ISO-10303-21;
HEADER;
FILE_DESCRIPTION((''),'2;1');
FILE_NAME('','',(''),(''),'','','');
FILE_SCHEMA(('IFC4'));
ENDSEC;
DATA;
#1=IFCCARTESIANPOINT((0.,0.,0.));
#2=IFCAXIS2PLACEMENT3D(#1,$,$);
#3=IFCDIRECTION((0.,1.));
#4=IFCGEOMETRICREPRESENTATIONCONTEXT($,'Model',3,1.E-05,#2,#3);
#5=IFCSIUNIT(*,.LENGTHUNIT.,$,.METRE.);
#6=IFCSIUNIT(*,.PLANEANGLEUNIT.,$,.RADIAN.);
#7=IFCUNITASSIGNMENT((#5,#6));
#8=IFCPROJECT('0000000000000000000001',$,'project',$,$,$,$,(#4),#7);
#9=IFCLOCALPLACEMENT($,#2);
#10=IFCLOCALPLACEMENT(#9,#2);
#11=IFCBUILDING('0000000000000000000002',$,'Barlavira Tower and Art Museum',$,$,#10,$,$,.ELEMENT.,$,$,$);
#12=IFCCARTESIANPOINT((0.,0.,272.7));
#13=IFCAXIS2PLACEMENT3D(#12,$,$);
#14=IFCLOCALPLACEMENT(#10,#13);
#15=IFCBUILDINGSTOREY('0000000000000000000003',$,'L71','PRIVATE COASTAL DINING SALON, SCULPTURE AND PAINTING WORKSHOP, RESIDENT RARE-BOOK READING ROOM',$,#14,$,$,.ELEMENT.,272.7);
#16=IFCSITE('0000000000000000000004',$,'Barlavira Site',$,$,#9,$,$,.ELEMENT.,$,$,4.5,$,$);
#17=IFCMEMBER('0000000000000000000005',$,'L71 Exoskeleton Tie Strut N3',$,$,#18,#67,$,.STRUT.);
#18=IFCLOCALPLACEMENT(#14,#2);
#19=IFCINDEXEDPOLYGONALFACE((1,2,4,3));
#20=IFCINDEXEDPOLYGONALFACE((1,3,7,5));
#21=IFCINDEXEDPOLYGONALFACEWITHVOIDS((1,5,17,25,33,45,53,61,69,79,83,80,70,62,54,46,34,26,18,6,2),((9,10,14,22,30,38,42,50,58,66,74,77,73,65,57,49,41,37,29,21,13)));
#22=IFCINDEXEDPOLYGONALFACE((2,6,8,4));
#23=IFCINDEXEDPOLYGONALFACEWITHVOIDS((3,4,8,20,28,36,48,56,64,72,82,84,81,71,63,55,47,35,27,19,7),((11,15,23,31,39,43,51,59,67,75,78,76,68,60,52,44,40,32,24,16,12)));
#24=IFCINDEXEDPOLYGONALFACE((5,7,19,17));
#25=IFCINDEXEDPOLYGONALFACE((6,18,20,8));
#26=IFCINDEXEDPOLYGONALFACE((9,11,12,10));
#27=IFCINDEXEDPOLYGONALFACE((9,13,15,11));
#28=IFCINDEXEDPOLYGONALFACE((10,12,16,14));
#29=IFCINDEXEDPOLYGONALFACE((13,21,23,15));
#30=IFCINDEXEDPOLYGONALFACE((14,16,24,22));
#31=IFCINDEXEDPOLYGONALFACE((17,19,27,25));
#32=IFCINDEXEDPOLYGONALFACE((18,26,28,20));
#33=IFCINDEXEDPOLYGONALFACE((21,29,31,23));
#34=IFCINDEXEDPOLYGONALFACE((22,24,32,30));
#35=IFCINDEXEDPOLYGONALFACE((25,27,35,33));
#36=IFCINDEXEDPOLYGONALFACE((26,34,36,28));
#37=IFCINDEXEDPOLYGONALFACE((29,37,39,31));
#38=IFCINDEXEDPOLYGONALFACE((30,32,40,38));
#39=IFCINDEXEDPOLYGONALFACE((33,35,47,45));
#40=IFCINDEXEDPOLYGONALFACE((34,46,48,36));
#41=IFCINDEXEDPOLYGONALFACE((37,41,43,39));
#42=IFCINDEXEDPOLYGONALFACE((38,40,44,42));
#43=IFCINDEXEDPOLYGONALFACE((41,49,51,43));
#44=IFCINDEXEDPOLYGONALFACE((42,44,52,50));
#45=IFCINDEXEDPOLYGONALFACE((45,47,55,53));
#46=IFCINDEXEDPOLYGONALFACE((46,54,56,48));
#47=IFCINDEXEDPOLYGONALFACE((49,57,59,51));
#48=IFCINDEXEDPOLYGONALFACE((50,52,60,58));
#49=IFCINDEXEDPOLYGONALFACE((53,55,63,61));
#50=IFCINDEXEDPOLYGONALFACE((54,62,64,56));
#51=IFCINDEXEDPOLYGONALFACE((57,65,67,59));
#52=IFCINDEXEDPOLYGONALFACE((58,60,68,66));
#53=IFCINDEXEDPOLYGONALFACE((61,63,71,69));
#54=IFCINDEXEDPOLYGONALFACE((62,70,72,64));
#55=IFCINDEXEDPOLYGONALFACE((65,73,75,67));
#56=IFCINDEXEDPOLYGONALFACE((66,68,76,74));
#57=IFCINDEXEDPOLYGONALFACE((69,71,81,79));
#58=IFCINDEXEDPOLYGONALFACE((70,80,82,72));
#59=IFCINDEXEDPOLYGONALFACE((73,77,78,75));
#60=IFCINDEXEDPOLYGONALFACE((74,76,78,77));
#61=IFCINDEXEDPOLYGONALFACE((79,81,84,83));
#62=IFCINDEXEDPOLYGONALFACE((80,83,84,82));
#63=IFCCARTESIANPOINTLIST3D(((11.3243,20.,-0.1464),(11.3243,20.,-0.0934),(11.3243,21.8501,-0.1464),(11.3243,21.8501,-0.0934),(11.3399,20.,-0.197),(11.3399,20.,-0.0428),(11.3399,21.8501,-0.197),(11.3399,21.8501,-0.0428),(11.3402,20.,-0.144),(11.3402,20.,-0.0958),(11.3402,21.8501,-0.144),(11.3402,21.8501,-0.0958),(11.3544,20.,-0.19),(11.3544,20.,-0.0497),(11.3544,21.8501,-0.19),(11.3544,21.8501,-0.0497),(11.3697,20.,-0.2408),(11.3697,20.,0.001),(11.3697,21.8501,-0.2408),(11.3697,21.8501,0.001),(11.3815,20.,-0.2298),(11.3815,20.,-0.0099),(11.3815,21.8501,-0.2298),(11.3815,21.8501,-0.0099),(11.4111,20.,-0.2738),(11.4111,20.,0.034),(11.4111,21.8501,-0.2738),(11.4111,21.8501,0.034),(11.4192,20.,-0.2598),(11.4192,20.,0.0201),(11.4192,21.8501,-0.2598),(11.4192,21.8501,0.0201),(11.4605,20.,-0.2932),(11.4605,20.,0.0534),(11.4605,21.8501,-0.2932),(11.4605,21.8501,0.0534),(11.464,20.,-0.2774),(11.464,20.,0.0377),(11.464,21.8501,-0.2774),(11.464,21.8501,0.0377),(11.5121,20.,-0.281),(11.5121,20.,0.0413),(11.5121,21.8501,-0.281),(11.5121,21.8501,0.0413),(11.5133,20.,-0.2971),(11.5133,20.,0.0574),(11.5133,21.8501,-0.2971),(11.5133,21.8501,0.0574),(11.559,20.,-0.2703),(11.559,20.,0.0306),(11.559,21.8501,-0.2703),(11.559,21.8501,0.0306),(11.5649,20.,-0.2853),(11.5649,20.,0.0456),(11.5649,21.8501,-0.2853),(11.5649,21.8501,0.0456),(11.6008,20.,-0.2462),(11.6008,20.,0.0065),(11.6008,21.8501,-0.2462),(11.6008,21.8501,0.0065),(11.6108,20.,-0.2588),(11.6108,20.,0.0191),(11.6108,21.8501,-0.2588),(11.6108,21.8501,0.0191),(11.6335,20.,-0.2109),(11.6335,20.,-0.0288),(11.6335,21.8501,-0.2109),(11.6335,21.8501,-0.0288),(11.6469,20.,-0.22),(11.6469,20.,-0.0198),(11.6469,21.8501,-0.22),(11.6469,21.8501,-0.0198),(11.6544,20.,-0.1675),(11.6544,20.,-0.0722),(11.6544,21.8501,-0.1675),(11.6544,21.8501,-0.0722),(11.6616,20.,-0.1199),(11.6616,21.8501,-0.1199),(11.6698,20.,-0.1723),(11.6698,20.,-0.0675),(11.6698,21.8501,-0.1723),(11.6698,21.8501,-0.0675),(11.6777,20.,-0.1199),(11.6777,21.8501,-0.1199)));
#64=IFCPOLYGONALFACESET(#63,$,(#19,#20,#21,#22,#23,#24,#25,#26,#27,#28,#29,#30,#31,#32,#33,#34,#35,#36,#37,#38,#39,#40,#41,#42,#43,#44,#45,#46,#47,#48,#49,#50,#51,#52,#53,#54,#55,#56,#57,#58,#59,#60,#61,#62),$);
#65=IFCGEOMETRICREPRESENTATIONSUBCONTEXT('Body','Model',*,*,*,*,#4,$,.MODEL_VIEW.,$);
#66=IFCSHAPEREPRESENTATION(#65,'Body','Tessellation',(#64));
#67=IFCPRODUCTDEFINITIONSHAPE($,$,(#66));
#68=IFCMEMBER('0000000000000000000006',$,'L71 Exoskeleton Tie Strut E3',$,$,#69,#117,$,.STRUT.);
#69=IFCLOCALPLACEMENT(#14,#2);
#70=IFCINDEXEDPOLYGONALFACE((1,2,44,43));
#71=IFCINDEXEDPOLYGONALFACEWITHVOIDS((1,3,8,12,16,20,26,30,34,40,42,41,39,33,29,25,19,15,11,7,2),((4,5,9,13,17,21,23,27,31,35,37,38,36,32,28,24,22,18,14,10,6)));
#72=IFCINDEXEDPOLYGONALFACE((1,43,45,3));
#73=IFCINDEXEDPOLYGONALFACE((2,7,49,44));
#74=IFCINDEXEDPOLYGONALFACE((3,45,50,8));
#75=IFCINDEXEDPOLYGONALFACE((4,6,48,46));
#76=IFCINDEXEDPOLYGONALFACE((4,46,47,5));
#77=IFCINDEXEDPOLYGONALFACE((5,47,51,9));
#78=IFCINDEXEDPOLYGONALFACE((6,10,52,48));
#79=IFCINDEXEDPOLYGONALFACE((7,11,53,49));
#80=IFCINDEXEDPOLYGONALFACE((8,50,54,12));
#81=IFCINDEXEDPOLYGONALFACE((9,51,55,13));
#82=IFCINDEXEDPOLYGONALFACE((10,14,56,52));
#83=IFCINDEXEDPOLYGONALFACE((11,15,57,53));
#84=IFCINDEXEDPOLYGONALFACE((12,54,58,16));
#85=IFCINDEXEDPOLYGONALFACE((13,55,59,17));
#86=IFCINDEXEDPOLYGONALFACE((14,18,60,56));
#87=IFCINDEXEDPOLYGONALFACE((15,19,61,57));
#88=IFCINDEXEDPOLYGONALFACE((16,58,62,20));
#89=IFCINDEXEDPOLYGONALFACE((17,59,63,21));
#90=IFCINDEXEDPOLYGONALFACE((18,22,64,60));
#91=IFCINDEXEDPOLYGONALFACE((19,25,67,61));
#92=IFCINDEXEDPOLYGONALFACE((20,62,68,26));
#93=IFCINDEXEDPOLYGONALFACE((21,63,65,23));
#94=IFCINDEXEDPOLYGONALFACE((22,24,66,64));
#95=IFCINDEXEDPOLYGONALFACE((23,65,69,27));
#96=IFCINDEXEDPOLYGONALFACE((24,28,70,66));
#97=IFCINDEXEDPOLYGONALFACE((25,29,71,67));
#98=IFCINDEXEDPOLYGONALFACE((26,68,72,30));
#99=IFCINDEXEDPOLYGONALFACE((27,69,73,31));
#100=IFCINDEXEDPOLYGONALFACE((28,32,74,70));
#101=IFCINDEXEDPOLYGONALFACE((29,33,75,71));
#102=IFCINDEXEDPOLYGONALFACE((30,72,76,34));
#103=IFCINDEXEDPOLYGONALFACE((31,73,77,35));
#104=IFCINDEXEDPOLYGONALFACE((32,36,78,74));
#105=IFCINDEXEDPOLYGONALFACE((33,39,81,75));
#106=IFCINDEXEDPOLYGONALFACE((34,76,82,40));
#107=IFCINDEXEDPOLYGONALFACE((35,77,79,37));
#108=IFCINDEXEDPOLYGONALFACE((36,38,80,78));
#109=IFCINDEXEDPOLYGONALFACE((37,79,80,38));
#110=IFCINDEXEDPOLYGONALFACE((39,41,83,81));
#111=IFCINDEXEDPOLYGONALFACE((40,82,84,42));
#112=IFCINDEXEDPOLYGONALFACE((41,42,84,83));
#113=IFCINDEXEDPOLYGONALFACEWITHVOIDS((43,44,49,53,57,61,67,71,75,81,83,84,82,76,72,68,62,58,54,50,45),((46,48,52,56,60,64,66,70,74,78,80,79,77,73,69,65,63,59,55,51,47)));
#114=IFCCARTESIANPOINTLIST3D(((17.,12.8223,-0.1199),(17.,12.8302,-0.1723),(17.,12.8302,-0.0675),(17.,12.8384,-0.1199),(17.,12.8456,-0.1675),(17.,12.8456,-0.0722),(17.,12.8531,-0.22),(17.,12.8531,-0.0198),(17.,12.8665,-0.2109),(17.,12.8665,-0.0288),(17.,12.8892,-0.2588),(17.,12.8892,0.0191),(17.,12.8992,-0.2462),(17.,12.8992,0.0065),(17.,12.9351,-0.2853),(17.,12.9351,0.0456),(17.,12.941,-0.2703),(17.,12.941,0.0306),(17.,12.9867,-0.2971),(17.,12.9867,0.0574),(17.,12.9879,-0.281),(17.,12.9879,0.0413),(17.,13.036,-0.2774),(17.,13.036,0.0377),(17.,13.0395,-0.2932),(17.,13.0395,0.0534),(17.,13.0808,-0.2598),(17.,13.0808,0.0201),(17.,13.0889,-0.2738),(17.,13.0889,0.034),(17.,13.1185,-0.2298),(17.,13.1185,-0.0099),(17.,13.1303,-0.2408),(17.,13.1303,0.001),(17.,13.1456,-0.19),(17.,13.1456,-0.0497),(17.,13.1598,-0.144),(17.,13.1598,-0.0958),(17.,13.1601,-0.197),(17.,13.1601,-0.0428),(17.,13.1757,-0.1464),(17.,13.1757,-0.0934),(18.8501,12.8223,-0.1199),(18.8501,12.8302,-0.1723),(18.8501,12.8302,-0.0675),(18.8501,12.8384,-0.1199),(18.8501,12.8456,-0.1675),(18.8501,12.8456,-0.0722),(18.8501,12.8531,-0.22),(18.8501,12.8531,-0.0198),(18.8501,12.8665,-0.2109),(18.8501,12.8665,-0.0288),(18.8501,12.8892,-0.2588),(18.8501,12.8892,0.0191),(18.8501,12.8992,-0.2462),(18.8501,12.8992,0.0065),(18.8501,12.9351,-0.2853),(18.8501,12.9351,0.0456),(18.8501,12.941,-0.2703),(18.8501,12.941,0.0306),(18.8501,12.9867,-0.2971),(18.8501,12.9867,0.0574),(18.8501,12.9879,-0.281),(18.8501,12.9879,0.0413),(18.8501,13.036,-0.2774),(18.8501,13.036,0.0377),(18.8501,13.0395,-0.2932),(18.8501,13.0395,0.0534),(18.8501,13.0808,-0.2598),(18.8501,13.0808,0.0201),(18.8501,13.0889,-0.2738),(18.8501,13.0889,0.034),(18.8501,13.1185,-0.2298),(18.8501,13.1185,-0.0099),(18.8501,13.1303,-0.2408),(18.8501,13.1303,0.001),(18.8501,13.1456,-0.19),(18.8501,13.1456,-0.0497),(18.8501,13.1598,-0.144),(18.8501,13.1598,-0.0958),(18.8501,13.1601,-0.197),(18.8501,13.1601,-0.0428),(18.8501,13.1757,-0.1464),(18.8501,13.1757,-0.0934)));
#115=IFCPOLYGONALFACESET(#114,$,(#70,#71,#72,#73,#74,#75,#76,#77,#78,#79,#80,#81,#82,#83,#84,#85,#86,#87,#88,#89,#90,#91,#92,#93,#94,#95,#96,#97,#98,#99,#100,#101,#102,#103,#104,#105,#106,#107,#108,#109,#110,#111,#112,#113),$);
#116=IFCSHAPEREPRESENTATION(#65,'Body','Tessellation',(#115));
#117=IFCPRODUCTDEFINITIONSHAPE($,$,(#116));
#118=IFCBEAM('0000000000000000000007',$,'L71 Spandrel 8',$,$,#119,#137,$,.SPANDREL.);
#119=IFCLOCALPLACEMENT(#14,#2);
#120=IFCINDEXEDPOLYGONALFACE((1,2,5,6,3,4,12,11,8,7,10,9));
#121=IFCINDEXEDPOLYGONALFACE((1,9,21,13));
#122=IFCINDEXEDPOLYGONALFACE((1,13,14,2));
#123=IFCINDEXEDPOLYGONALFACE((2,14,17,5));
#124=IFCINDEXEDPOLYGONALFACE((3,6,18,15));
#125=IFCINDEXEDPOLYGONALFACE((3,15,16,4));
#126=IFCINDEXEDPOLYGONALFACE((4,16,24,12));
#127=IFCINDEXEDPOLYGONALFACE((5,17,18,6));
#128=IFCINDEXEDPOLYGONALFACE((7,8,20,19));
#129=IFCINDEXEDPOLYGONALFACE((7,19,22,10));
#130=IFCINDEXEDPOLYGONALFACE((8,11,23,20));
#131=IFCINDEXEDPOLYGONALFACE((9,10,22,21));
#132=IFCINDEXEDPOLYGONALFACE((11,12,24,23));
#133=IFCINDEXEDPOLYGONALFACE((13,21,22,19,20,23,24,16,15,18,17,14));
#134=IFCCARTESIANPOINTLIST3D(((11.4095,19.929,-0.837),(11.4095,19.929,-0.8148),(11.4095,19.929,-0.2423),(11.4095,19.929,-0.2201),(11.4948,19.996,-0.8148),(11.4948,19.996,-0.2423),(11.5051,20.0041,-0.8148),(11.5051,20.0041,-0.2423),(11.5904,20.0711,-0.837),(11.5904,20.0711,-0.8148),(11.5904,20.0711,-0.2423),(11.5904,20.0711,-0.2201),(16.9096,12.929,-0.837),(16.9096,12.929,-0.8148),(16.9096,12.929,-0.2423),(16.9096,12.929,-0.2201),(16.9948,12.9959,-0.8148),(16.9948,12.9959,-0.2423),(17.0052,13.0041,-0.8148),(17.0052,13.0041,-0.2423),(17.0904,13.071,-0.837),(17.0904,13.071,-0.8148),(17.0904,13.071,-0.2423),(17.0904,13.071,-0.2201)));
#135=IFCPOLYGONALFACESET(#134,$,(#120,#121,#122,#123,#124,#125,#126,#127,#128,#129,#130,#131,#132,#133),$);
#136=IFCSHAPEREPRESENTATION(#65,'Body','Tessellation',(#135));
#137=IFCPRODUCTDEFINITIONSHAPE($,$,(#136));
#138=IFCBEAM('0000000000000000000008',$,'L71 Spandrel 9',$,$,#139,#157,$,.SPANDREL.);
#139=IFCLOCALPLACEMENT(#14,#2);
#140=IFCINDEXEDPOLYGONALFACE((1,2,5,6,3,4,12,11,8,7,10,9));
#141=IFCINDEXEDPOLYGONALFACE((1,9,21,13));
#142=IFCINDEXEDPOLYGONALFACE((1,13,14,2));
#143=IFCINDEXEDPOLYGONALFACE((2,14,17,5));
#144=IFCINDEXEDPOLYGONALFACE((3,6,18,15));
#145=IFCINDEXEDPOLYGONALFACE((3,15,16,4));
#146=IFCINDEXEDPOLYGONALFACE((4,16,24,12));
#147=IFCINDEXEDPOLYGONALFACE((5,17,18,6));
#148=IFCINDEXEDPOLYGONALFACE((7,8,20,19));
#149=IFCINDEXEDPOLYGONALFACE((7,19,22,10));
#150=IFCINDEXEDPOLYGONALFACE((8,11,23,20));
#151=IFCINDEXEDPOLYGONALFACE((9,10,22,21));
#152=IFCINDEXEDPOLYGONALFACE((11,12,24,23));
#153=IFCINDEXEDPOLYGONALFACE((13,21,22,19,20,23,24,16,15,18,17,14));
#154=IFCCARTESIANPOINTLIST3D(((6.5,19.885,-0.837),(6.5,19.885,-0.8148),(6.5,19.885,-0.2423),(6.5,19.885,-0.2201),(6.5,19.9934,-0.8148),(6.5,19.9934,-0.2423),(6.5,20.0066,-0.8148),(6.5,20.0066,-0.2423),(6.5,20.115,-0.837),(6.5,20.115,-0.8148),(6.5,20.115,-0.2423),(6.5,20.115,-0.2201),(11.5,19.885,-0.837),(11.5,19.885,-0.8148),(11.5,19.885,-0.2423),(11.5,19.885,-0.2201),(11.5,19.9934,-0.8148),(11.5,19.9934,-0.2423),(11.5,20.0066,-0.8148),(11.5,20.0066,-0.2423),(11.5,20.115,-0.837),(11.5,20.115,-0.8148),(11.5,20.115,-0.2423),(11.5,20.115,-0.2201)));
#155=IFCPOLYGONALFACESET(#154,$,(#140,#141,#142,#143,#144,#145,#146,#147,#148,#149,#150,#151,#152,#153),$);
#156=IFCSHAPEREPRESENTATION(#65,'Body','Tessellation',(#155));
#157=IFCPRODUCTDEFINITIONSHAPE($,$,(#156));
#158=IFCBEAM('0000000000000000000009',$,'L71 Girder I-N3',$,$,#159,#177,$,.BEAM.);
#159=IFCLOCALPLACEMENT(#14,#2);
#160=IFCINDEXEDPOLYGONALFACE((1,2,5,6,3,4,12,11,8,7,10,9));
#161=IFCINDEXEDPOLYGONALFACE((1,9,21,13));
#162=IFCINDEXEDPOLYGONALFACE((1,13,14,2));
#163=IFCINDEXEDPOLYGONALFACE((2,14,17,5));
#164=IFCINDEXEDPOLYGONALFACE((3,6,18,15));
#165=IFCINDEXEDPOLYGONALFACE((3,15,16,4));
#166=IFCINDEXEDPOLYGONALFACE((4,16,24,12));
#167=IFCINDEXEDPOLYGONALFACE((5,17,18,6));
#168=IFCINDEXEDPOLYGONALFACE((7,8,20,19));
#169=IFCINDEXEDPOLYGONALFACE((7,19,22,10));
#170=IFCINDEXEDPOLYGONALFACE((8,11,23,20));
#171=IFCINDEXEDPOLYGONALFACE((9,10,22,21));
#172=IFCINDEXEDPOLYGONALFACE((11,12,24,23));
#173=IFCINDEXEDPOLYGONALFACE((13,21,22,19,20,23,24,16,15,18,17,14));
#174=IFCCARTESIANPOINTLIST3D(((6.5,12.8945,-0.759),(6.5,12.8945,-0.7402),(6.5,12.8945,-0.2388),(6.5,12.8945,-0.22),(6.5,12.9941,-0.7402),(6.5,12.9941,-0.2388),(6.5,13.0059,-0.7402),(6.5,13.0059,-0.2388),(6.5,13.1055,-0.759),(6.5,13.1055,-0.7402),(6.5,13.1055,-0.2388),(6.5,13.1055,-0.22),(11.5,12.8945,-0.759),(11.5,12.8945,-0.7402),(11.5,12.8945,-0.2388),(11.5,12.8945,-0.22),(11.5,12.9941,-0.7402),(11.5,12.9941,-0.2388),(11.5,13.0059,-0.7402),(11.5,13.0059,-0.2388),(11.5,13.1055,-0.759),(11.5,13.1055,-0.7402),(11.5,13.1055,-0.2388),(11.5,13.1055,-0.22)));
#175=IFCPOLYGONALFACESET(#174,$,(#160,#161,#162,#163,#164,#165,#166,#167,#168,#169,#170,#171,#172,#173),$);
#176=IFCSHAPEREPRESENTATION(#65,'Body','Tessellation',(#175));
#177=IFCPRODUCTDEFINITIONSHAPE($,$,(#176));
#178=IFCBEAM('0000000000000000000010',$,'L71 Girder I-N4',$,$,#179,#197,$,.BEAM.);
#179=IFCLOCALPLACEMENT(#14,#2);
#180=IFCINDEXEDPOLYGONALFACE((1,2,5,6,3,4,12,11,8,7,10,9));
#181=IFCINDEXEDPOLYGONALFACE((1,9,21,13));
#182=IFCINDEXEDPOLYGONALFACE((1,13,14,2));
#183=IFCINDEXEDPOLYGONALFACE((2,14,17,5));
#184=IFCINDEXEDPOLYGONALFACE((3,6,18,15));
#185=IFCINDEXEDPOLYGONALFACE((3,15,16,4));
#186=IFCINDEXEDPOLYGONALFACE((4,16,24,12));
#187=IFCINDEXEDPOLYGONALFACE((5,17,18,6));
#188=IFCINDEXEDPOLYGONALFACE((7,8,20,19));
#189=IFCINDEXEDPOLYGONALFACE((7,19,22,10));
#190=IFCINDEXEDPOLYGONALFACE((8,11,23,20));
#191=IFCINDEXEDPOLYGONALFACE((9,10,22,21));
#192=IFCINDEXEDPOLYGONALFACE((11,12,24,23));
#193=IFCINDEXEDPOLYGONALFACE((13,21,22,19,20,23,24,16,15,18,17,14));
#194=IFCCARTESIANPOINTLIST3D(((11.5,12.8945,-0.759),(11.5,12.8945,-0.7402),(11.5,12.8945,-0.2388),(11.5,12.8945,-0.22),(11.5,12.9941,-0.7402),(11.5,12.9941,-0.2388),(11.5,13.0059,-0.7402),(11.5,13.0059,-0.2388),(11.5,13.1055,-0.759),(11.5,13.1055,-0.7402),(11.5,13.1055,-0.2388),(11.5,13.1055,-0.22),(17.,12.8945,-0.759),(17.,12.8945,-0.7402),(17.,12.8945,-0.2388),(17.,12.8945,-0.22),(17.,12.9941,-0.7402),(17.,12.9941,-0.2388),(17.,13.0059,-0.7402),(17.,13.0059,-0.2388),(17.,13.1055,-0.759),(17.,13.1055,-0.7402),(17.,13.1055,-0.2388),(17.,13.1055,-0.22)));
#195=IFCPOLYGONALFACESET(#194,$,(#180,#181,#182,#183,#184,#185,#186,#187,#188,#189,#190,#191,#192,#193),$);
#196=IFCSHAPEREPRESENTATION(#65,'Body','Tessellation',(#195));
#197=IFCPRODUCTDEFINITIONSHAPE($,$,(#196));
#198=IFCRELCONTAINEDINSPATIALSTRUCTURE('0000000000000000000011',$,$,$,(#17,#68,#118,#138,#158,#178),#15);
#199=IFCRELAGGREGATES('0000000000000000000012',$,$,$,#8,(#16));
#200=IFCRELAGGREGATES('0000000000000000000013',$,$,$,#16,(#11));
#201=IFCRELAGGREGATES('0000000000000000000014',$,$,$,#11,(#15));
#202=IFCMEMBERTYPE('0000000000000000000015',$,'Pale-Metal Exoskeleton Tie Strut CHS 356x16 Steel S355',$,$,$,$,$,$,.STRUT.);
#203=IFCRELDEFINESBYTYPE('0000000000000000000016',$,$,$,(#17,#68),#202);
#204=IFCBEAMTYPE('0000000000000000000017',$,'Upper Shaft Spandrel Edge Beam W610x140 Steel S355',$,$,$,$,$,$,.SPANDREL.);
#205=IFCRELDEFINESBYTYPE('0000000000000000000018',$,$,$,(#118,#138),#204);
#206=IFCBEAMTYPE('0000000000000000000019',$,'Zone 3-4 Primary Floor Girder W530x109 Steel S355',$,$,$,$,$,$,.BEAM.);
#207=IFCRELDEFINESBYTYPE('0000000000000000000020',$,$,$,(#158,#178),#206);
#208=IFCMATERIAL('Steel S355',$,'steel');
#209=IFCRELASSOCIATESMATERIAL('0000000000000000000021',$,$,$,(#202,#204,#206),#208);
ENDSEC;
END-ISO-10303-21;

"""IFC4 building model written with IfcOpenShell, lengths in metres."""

from ifc_helpers import new_model, si_unit, direction, frame, origin, origin_2d, place, context, subcontext, project, spatial, hollow_circle, i_section, extrude, material, material_profile, profile_set, type_object, element, save


model = new_model("IFC4")

# Units and contexts
model_context = context("Model", 3, precision=1e-05, world=origin(), true_north=direction((0.0, 1.0)))
body_context = subcontext(model_context, "Body", "Model", "MODEL_VIEW")
ifc_project = project(units=[si_unit("LENGTHUNIT", "METRE"), si_unit("PLANEANGLEUNIT", "RADIAN")], contexts=[model_context])

# Site, building, storey
site_placement = place(None, origin())
site = spatial("IfcSite", under=ifc_project, at=site_placement, Name="Barlavira Site", CompositionType="ELEMENT", RefElevation=4.5)
building_placement = place(site_placement, origin())
building = spatial("IfcBuilding", under=site, at=building_placement, Name="Barlavira Tower and Art Museum", CompositionType="ELEMENT")
storey_placement = place(building_placement, frame((0.0, 0.0, 272.7)))
storey = spatial("IfcBuildingStorey", under=building, at=storey_placement, Name="L71", Description="PRIVATE COASTAL DINING SALON, SCULPTURE AND PAINTING WORKSHOP, RESIDENT RARE-BOOK READING ROOM", CompositionType="ELEMENT", Elevation=272.7)

# Members
ifc_material_1 = material(Name="Steel S355", Category="steel")
ifc_material_profile_1 = material_profile(ifc_material_1, hollow_circle(Radius=0.1777, WallThickness=0.0161, at=origin_2d()), Name="CHS 355.6x16.0")
ifc_profile_set_1 = profile_set([ifc_material_profile_1], Name="Steel S355")
member_type_1 = type_object("IfcMemberType", Name="Pale-Metal Exoskeleton Tie Strut CHS 356x16 Steel S355", PredefinedType="STRUT", material=ifc_profile_set_1)
for number, where, z_axis, x_axis, name in (
    (1, (11.5, 21.8501, -0.1199), (0.0, -1.0, 0.0), (1.0, 0.0, 0.0), "L71 Exoskeleton Tie Strut N3"),
    (2, (18.8501, 13.0, -0.1199), (-1.0, 0.0, 0.0), (0.0, -1.0, 0.0), "L71 Exoskeleton Tie Strut E3"),
):
    element("IfcMember", number, at=place(storey_placement, frame(where, z_axis=z_axis, x_axis=x_axis)), inside=storey, type_object=member_type_1, Name=name, PredefinedType="STRUT", context=body_context, shape_type="SweptSolid", body=[
        extrude(hollow_circle(Radius=0.1777, WallThickness=0.0161, at=origin_2d()), origin(), (0.0, 0.0, 1.0), 1.8501),
    ])

# Beams
ifc_material_profile_2 = material_profile(ifc_material_1, i_section(OverallWidth=0.23, OverallDepth=0.6169, WebThickness=0.0132, FlangeThickness=0.0222, at=origin_2d()), Name="W610x140.0")
ifc_profile_set_2 = profile_set([ifc_material_profile_2], Name="Steel S355")
beam_type_1 = type_object("IfcBeamType", Name="Upper Shaft Spandrel Edge Beam W610x140 Steel S355", PredefinedType="SPANDREL", material=ifc_profile_set_2)
beam_1_placement = place(storey_placement, frame((17.0, 13.0, -0.5286), z_axis=(-0.617822, 0.786318, 0.0), x_axis=(-0.786318, -0.617822, 0.0)))
element("IfcBeam", 3, at=beam_1_placement, inside=storey, type_object=beam_type_1, Name="L71 Spandrel 8", PredefinedType="SPANDREL", context=body_context, shape_type="SweptSolid", body=[
    extrude(i_section(OverallWidth=0.23, OverallDepth=0.6169, WebThickness=0.0132, FlangeThickness=0.0222, at=origin_2d()), origin(), (0.0, 0.0, 1.0), 8.9023),
])
beam_2_placement = place(storey_placement, frame((6.5, 20.0, -0.5286), z_axis=(1.0, 0.0, 0.0), x_axis=(0.0, 1.0, 0.0)))
element("IfcBeam", 4, at=beam_2_placement, inside=storey, type_object=beam_type_1, Name="L71 Spandrel 9", PredefinedType="SPANDREL", context=body_context, shape_type="SweptSolid", body=[
    extrude(i_section(OverallWidth=0.23, OverallDepth=0.6169, WebThickness=0.0132, FlangeThickness=0.0222, at=origin_2d()), origin(), (0.0, 0.0, 1.0), 5.0),
])
ifc_material_profile_3 = material_profile(ifc_material_1, i_section(OverallWidth=0.2109, OverallDepth=0.5391, WebThickness=0.0117, FlangeThickness=0.0188, at=origin_2d()), Name="W530x109.0")
ifc_profile_set_3 = profile_set([ifc_material_profile_3], Name="Steel S355")
beam_type_2 = type_object("IfcBeamType", Name="Zone 3-4 Primary Floor Girder W530x109 Steel S355", PredefinedType="BEAM", material=ifc_profile_set_3)
beam_3_placement = place(storey_placement, frame((6.5, 13.0, -0.4895), z_axis=(1.0, 0.0, 0.0), x_axis=(0.0, 1.0, 0.0)))
element("IfcBeam", 5, at=beam_3_placement, inside=storey, type_object=beam_type_2, Name="L71 Girder I-N3", PredefinedType="BEAM", context=body_context, shape_type="SweptSolid", body=[
    extrude(i_section(OverallWidth=0.2109, OverallDepth=0.5391, WebThickness=0.0117, FlangeThickness=0.0188, at=origin_2d()), origin(), (0.0, 0.0, 1.0), 5.0),
])
beam_4_placement = place(storey_placement, frame((11.5, 13.0, -0.4895), z_axis=(1.0, 0.0, 0.0), x_axis=(0.0, 1.0, 0.0)))
element("IfcBeam", 6, at=beam_4_placement, inside=storey, type_object=beam_type_2, Name="L71 Girder I-N4", PredefinedType="BEAM", context=body_context, shape_type="SweptSolid", body=[
    extrude(i_section(OverallWidth=0.2109, OverallDepth=0.5391, WebThickness=0.0117, FlangeThickness=0.0188, at=origin_2d()), origin(), (0.0, 0.0, 1.0), 5.5),
])

save(model, "model.ifc")
